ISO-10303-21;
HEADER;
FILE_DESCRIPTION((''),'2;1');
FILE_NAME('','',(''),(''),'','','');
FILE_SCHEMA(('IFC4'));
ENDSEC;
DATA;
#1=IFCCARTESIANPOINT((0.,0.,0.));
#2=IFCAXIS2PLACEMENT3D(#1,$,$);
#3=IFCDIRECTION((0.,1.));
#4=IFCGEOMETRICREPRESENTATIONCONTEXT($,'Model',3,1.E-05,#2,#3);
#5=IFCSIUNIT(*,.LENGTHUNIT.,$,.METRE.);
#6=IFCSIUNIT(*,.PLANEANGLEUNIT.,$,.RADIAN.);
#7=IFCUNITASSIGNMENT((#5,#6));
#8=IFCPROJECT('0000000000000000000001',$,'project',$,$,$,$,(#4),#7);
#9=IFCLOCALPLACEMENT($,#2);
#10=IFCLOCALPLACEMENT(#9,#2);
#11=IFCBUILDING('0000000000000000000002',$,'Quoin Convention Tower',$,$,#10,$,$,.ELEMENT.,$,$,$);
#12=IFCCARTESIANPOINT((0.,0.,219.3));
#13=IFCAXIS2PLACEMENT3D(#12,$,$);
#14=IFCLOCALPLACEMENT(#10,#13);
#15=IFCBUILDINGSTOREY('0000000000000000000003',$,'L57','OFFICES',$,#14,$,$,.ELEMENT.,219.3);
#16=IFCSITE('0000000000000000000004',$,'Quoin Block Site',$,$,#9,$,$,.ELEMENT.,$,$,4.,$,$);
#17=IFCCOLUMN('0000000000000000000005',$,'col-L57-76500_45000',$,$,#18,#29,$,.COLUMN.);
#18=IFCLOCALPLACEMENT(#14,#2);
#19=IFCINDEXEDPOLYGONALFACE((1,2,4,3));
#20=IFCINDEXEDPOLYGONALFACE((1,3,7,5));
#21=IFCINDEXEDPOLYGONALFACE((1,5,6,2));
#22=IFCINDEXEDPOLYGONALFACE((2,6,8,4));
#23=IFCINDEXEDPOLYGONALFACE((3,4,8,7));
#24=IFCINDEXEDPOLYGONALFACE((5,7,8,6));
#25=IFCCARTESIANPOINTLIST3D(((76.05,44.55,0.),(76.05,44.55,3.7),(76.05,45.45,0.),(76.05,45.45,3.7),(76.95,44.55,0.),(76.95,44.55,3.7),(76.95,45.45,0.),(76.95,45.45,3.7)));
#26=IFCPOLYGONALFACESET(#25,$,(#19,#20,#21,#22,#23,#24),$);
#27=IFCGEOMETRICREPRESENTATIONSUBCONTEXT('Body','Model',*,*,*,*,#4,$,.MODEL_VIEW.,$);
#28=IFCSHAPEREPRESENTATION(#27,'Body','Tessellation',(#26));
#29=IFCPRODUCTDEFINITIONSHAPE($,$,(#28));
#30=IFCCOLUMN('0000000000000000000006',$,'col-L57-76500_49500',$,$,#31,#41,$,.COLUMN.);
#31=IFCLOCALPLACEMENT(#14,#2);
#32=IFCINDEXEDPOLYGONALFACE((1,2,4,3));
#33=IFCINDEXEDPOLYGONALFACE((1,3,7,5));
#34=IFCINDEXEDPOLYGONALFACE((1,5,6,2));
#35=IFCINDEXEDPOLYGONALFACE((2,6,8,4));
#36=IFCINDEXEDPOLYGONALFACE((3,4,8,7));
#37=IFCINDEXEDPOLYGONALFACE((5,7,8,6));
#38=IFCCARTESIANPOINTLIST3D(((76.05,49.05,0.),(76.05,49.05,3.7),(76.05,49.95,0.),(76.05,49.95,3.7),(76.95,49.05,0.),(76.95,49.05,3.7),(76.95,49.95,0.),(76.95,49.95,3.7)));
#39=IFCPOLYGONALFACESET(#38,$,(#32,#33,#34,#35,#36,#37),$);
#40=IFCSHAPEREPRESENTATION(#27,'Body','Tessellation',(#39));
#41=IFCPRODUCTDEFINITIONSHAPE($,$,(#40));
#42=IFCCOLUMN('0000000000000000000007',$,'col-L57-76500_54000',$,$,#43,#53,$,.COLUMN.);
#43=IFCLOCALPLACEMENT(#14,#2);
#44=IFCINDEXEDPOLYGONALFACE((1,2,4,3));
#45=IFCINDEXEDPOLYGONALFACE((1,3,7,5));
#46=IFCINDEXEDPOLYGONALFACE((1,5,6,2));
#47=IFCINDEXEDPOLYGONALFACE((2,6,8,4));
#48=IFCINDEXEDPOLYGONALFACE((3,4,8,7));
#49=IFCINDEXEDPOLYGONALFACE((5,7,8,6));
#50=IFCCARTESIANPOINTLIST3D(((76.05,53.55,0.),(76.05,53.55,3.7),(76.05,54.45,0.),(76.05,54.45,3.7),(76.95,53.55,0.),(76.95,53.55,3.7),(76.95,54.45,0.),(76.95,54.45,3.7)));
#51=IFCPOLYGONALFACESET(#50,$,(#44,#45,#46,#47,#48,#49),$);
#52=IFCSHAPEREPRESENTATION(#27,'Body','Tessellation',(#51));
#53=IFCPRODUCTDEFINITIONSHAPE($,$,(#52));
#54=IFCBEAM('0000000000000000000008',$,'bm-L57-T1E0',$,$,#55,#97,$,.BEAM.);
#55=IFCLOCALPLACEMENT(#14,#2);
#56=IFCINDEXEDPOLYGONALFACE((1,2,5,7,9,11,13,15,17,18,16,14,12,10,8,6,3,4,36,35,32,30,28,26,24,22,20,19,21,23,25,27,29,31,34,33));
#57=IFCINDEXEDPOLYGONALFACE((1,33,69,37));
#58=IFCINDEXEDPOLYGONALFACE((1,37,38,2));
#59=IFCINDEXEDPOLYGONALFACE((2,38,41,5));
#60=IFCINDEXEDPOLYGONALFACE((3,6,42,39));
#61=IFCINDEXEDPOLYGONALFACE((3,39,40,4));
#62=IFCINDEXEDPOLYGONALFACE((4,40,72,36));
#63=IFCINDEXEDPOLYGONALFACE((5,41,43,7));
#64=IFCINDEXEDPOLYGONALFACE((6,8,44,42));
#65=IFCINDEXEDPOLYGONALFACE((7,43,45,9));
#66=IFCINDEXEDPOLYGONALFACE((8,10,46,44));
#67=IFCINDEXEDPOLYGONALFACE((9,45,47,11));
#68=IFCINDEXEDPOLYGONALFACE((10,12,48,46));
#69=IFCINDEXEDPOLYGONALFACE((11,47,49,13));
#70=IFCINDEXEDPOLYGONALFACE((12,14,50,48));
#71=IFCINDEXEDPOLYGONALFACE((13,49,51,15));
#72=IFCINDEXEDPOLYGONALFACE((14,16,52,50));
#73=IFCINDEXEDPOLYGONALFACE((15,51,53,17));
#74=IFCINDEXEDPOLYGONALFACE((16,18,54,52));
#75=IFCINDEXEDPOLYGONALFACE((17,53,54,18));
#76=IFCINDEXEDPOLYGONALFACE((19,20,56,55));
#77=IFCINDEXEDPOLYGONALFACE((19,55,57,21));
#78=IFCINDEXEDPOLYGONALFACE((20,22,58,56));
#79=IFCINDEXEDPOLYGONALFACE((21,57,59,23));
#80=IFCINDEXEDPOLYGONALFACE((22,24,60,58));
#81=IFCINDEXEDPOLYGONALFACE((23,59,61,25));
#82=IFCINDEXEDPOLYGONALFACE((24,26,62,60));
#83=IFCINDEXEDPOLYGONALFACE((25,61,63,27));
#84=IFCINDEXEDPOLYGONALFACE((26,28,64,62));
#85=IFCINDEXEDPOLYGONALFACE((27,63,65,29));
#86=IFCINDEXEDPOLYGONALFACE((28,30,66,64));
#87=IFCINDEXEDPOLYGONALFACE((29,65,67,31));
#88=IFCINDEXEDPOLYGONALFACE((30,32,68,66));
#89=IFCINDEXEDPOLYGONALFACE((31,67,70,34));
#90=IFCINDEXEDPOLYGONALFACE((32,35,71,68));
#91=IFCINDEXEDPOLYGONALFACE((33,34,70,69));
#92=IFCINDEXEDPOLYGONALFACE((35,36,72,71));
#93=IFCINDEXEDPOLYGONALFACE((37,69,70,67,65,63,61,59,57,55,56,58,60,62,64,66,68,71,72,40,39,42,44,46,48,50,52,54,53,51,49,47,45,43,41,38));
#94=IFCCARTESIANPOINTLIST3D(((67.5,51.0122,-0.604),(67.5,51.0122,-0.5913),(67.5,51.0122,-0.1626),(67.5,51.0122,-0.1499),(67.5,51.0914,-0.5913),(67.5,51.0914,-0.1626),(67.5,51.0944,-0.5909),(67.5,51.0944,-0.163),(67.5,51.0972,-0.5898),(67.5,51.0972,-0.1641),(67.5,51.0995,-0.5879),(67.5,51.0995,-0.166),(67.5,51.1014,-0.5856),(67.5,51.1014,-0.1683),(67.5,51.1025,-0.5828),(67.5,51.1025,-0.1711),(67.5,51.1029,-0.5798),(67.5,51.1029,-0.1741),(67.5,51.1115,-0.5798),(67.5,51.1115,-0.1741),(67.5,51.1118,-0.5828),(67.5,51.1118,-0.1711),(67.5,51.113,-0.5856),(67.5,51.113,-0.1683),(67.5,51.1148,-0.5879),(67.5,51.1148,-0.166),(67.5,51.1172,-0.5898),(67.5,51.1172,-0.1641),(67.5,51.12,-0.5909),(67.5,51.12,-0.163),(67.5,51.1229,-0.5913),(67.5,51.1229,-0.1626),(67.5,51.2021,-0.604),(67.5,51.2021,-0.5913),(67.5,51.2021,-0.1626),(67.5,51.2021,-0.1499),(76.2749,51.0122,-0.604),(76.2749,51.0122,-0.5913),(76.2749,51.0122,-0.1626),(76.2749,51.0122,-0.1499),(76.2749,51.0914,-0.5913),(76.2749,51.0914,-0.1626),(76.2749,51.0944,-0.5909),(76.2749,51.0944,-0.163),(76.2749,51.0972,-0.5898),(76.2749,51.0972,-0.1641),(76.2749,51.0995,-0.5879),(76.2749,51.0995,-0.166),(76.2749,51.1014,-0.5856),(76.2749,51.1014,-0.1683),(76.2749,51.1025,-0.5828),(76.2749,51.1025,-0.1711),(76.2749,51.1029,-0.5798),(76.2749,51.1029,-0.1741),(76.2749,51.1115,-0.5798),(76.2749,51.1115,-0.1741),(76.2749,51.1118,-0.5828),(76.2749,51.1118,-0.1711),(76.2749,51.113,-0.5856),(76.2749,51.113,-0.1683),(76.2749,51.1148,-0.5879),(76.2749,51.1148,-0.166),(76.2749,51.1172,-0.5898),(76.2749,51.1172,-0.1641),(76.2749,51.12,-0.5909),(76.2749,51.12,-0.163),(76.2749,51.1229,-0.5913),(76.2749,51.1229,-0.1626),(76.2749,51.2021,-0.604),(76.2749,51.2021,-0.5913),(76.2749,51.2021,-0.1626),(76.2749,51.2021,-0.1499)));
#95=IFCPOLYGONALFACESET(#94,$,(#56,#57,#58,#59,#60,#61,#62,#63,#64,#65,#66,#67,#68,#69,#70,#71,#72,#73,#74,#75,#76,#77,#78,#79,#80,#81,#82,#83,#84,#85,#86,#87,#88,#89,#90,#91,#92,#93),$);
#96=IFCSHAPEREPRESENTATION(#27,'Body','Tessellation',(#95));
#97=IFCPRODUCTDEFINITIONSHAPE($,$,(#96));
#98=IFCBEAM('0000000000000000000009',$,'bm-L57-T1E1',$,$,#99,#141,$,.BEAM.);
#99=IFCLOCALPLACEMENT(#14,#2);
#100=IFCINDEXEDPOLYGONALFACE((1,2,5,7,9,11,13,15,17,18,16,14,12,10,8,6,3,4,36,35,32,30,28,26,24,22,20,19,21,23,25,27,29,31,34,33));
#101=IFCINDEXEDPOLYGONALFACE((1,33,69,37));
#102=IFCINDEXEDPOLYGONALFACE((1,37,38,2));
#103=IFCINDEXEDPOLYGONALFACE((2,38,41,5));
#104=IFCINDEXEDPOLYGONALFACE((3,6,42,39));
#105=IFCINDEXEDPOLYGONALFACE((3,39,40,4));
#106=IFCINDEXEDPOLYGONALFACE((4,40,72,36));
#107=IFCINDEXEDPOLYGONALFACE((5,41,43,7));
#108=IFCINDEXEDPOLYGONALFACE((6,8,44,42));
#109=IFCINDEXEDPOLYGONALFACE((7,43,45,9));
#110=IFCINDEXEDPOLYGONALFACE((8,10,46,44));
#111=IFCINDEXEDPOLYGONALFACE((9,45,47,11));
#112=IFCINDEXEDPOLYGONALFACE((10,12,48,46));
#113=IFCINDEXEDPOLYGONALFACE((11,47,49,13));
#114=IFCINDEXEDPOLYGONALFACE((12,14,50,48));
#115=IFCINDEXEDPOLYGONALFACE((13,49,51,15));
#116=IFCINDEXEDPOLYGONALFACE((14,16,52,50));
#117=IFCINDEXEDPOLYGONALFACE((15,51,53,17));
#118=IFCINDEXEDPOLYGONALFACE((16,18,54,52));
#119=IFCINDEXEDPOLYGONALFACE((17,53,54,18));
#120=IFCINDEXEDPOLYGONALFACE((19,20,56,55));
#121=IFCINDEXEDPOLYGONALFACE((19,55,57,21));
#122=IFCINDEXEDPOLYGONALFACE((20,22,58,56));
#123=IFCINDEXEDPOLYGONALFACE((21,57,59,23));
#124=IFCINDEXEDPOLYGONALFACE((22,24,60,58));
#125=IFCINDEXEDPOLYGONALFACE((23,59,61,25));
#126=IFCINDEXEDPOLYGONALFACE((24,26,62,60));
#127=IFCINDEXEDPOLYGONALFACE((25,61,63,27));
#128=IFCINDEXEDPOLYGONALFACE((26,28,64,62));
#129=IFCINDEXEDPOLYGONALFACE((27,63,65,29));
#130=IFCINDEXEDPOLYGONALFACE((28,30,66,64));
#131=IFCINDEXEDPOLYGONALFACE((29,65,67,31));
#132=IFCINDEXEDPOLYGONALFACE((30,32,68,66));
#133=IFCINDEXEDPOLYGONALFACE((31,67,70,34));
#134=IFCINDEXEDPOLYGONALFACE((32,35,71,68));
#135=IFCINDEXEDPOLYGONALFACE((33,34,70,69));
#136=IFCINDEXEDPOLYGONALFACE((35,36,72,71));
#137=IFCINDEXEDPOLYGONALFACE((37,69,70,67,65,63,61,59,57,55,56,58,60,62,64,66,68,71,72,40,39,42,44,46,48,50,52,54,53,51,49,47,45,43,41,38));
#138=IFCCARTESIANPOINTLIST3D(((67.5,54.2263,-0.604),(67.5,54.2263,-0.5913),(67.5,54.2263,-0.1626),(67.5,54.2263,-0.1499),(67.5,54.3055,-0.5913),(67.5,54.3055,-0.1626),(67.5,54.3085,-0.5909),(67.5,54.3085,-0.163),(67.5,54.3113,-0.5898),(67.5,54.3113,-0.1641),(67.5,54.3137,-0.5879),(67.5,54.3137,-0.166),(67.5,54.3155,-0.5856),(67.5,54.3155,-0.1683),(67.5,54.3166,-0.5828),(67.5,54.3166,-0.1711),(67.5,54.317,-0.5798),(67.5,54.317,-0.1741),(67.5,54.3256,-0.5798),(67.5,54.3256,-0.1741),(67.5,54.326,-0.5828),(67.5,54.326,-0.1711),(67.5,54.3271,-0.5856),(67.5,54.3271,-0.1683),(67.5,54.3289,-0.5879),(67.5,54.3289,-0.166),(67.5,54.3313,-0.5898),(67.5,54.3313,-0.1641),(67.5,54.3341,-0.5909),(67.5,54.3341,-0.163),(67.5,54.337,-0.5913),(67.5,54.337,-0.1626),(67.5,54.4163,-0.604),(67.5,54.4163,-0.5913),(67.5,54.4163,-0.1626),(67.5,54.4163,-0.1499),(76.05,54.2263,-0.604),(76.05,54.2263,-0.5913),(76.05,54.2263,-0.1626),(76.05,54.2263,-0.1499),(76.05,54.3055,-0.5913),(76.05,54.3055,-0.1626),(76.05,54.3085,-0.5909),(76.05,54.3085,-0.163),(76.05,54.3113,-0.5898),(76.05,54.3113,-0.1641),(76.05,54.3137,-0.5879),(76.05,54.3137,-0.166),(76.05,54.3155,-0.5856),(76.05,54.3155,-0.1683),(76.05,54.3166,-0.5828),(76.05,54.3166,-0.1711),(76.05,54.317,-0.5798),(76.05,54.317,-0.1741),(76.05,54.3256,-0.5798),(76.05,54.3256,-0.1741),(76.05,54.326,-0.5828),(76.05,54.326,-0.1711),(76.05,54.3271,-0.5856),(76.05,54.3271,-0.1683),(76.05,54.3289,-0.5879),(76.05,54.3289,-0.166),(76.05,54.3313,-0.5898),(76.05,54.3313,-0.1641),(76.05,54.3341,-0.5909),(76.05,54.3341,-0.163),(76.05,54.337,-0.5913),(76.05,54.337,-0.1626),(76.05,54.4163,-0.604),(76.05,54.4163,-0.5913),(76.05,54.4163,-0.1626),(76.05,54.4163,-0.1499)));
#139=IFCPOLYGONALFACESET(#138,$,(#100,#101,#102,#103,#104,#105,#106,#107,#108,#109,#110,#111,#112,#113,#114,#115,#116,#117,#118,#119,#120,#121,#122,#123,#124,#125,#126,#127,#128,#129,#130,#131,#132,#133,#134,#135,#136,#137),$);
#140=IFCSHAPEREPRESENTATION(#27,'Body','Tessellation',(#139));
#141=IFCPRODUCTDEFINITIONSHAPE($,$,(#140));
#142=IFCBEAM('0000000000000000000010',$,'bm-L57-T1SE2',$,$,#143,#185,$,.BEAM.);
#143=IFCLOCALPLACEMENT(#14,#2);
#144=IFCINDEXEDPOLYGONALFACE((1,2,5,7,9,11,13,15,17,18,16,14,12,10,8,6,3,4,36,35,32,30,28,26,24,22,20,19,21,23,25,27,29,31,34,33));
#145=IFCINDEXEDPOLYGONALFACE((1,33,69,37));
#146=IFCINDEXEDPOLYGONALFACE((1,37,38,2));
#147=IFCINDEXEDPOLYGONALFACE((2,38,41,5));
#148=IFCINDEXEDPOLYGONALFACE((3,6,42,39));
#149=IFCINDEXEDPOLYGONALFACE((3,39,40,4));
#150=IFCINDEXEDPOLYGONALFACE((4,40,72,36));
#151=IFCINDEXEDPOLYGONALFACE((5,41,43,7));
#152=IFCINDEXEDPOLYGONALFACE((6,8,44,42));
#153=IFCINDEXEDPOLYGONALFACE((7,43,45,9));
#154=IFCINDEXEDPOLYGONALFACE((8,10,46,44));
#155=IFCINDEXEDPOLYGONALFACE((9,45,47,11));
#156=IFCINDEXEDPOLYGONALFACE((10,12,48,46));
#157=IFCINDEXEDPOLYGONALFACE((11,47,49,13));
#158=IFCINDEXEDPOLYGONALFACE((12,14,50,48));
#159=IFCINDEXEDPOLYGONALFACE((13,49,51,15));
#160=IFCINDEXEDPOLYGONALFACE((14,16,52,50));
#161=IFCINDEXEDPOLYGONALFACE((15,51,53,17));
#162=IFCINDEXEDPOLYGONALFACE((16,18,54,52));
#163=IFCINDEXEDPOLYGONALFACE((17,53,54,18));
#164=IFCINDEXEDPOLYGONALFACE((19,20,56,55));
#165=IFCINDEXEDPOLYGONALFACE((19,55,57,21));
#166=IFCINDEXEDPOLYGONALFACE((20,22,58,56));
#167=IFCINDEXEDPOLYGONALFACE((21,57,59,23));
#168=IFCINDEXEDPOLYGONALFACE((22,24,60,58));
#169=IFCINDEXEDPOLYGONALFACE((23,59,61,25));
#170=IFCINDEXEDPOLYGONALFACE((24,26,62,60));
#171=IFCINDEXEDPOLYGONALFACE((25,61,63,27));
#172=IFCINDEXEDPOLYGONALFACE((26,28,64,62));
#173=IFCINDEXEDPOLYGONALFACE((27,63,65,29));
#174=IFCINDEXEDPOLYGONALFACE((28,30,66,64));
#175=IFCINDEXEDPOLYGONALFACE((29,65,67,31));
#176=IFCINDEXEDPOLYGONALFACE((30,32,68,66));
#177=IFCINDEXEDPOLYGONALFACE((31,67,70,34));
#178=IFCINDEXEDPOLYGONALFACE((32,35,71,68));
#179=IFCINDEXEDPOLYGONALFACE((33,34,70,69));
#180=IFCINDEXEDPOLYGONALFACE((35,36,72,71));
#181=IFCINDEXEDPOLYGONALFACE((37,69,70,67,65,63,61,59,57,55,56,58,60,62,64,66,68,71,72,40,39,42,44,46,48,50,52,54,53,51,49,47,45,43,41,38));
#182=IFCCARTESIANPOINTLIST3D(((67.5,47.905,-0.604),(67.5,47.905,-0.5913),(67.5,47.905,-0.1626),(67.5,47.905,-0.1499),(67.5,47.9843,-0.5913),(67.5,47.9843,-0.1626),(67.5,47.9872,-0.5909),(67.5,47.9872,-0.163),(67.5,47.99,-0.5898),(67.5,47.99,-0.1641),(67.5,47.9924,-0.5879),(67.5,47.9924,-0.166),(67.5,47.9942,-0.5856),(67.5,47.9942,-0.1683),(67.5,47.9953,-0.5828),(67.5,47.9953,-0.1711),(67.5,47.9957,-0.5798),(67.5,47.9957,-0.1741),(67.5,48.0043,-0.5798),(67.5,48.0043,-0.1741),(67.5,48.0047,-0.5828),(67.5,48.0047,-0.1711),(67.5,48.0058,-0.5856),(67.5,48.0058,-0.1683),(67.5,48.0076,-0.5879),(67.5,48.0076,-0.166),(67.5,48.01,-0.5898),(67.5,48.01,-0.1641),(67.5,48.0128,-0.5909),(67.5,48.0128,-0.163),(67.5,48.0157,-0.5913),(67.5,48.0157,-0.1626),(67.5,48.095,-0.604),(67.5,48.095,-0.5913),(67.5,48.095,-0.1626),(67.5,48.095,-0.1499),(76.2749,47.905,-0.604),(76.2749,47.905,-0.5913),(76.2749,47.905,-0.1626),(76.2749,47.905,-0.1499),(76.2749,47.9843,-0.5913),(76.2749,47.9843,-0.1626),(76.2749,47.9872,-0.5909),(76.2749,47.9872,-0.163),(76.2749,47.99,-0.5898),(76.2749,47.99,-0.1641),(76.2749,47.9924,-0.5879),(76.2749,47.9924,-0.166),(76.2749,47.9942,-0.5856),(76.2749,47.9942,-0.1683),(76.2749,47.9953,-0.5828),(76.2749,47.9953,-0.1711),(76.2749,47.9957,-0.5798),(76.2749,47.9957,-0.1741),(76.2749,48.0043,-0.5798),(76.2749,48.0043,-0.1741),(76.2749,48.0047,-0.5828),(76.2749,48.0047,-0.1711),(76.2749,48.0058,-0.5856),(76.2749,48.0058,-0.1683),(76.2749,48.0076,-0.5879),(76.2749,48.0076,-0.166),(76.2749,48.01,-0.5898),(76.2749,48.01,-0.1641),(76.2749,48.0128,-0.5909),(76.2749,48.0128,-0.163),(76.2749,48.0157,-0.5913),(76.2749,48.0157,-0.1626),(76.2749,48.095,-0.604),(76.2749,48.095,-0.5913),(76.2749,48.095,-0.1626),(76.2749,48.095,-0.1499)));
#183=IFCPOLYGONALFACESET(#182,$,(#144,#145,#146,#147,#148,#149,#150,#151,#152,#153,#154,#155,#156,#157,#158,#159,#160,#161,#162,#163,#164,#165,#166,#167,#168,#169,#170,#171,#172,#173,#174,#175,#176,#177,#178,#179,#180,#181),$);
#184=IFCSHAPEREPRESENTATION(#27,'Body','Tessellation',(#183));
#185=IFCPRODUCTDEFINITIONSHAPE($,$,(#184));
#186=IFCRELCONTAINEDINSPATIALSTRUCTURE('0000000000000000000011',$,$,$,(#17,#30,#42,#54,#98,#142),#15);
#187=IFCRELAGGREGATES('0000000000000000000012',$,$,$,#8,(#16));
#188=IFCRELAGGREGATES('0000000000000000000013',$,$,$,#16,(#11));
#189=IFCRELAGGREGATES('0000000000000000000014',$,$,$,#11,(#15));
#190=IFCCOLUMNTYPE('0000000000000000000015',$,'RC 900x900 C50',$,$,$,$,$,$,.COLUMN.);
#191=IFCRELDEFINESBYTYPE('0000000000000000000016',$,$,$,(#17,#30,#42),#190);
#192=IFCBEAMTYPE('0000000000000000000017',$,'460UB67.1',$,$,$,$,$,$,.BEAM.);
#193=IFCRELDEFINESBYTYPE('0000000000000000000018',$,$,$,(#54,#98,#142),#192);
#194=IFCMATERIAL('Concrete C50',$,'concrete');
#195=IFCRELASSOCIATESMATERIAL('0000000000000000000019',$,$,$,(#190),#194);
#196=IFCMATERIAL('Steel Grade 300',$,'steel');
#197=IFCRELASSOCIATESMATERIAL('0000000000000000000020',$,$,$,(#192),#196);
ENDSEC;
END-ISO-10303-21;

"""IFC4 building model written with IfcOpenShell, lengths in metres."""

from ifc_helpers import new_model, si_unit, direction, frame, origin, origin_2d, place, context, subcontext, project, spatial, rectangle, i_section, extrude, material, material_profile, profile_set, type_object, element, save


model = new_model("IFC4")

# Units and contexts
model_context = context("Model", 3, precision=1e-05, world=origin(), true_north=direction((0.0, 1.0)))
body_context = subcontext(model_context, "Body", "Model", "MODEL_VIEW")
ifc_project = project(units=[si_unit("LENGTHUNIT", "METRE"), si_unit("PLANEANGLEUNIT", "RADIAN")], contexts=[model_context])

# Site, building, storey
site_placement = place(None, origin())
site = spatial("IfcSite", under=ifc_project, at=site_placement, Name="Quoin Block Site", CompositionType="ELEMENT", RefElevation=4.0)
building_placement = place(site_placement, origin())
building = spatial("IfcBuilding", under=site, at=building_placement, Name="Quoin Convention Tower", CompositionType="ELEMENT")
storey_placement = place(building_placement, frame((0.0, 0.0, 219.3)))
storey = spatial("IfcBuildingStorey", under=building, at=storey_placement, Name="L57", Description="OFFICES", CompositionType="ELEMENT", Elevation=219.3)

# Columns
ifc_material_1 = material(Name="Concrete C50", Category="concrete")
ifc_material_profile_1 = material_profile(ifc_material_1, rectangle(XDim=0.8999, YDim=0.8999, at=origin_2d()), Name="RC 900x900")
ifc_profile_set_1 = profile_set([ifc_material_profile_1], Name="Concrete C50")
column_type = type_object("IfcColumnType", Name="RC 900x900 C50", PredefinedType="COLUMN", material=ifc_profile_set_1)
for number, where, z_axis, x_axis, name in (
    (1, (76.5, 45.0, 0.0), (0.0, 0.0, 1.0), (1.0, 0.0, 0.0), "col-L57-76500_45000"),
    (2, (76.5, 49.5, 0.0), (0.0, 0.0, 1.0), (1.0, 0.0, 0.0), "col-L57-76500_49500"),
    (3, (76.5, 54.0, 0.0), (0.0, 0.0, 1.0), (1.0, 0.0, 0.0), "col-L57-76500_54000"),
):
    element("IfcColumn", number, at=place(storey_placement, frame(where, z_axis=z_axis, x_axis=x_axis)), inside=storey, type_object=column_type, Name=name, PredefinedType="COLUMN", context=body_context, shape_type="SweptSolid", body=[
        extrude(rectangle(XDim=0.8999, YDim=0.8999, at=origin_2d()), origin(), (0.0, 0.0, 1.0), 3.7),
    ])

# Beams
ifc_material_2 = material(Name="Steel Grade 300", Category="steel")
ifc_material_profile_2 = material_profile(ifc_material_2, i_section(OverallWidth=0.1899, OverallDepth=0.4541, WebThickness=0.0085, FlangeThickness=0.0127, FilletRadius=0.0115, at=origin_2d()), Name="460UB67.1")
ifc_profile_set_2 = profile_set([ifc_material_profile_2], Name="Steel Grade 300")
beam_type_1 = type_object("IfcBeamType", Name="460UB67.1", PredefinedType="BEAM", material=ifc_profile_set_2)
beam_1_placement = place(storey_placement, frame((67.5, 51.1072, -0.377), z_axis=(1.0, 0.0, 0.0), x_axis=(0.0, 1.0, 0.0)))
element("IfcBeam", 4, at=beam_1_placement, inside=storey, type_object=beam_type_1, Name="bm-L57-T1E0", PredefinedType="BEAM", context=body_context, shape_type="SweptSolid", body=[
    extrude(i_section(OverallWidth=0.1899, OverallDepth=0.4541, WebThickness=0.0085, FlangeThickness=0.0127, FilletRadius=0.0115, at=origin_2d()), origin(), (0.0, 0.0, 1.0), 8.7749),
])
beam_2_placement = place(storey_placement, frame((67.5, 54.3213, -0.377), z_axis=(1.0, 0.0, 0.0), x_axis=(0.0, 1.0, 0.0)))
element("IfcBeam", 5, at=beam_2_placement, inside=storey, type_object=beam_type_1, Name="bm-L57-T1E1", PredefinedType="BEAM", context=body_context, shape_type="SweptSolid", body=[
    extrude(i_section(OverallWidth=0.1899, OverallDepth=0.4541, WebThickness=0.0085, FlangeThickness=0.0127, FilletRadius=0.0115, at=origin_2d()), origin(), (0.0, 0.0, 1.0), 8.55),
])
beam_3_placement = place(storey_placement, frame((67.5, 48.0, -0.377), z_axis=(1.0, 0.0, 0.0), x_axis=(0.0, 1.0, 0.0)))
element("IfcBeam", 6, at=beam_3_placement, inside=storey, type_object=beam_type_1, Name="bm-L57-T1SE2", PredefinedType="BEAM", context=body_context, shape_type="SweptSolid", body=[
    extrude(i_section(OverallWidth=0.1899, OverallDepth=0.4541, WebThickness=0.0085, FlangeThickness=0.0127, FilletRadius=0.0115, at=origin_2d()), origin(), (0.0, 0.0, 1.0), 8.7749),
])

save(model, "model.ifc")
